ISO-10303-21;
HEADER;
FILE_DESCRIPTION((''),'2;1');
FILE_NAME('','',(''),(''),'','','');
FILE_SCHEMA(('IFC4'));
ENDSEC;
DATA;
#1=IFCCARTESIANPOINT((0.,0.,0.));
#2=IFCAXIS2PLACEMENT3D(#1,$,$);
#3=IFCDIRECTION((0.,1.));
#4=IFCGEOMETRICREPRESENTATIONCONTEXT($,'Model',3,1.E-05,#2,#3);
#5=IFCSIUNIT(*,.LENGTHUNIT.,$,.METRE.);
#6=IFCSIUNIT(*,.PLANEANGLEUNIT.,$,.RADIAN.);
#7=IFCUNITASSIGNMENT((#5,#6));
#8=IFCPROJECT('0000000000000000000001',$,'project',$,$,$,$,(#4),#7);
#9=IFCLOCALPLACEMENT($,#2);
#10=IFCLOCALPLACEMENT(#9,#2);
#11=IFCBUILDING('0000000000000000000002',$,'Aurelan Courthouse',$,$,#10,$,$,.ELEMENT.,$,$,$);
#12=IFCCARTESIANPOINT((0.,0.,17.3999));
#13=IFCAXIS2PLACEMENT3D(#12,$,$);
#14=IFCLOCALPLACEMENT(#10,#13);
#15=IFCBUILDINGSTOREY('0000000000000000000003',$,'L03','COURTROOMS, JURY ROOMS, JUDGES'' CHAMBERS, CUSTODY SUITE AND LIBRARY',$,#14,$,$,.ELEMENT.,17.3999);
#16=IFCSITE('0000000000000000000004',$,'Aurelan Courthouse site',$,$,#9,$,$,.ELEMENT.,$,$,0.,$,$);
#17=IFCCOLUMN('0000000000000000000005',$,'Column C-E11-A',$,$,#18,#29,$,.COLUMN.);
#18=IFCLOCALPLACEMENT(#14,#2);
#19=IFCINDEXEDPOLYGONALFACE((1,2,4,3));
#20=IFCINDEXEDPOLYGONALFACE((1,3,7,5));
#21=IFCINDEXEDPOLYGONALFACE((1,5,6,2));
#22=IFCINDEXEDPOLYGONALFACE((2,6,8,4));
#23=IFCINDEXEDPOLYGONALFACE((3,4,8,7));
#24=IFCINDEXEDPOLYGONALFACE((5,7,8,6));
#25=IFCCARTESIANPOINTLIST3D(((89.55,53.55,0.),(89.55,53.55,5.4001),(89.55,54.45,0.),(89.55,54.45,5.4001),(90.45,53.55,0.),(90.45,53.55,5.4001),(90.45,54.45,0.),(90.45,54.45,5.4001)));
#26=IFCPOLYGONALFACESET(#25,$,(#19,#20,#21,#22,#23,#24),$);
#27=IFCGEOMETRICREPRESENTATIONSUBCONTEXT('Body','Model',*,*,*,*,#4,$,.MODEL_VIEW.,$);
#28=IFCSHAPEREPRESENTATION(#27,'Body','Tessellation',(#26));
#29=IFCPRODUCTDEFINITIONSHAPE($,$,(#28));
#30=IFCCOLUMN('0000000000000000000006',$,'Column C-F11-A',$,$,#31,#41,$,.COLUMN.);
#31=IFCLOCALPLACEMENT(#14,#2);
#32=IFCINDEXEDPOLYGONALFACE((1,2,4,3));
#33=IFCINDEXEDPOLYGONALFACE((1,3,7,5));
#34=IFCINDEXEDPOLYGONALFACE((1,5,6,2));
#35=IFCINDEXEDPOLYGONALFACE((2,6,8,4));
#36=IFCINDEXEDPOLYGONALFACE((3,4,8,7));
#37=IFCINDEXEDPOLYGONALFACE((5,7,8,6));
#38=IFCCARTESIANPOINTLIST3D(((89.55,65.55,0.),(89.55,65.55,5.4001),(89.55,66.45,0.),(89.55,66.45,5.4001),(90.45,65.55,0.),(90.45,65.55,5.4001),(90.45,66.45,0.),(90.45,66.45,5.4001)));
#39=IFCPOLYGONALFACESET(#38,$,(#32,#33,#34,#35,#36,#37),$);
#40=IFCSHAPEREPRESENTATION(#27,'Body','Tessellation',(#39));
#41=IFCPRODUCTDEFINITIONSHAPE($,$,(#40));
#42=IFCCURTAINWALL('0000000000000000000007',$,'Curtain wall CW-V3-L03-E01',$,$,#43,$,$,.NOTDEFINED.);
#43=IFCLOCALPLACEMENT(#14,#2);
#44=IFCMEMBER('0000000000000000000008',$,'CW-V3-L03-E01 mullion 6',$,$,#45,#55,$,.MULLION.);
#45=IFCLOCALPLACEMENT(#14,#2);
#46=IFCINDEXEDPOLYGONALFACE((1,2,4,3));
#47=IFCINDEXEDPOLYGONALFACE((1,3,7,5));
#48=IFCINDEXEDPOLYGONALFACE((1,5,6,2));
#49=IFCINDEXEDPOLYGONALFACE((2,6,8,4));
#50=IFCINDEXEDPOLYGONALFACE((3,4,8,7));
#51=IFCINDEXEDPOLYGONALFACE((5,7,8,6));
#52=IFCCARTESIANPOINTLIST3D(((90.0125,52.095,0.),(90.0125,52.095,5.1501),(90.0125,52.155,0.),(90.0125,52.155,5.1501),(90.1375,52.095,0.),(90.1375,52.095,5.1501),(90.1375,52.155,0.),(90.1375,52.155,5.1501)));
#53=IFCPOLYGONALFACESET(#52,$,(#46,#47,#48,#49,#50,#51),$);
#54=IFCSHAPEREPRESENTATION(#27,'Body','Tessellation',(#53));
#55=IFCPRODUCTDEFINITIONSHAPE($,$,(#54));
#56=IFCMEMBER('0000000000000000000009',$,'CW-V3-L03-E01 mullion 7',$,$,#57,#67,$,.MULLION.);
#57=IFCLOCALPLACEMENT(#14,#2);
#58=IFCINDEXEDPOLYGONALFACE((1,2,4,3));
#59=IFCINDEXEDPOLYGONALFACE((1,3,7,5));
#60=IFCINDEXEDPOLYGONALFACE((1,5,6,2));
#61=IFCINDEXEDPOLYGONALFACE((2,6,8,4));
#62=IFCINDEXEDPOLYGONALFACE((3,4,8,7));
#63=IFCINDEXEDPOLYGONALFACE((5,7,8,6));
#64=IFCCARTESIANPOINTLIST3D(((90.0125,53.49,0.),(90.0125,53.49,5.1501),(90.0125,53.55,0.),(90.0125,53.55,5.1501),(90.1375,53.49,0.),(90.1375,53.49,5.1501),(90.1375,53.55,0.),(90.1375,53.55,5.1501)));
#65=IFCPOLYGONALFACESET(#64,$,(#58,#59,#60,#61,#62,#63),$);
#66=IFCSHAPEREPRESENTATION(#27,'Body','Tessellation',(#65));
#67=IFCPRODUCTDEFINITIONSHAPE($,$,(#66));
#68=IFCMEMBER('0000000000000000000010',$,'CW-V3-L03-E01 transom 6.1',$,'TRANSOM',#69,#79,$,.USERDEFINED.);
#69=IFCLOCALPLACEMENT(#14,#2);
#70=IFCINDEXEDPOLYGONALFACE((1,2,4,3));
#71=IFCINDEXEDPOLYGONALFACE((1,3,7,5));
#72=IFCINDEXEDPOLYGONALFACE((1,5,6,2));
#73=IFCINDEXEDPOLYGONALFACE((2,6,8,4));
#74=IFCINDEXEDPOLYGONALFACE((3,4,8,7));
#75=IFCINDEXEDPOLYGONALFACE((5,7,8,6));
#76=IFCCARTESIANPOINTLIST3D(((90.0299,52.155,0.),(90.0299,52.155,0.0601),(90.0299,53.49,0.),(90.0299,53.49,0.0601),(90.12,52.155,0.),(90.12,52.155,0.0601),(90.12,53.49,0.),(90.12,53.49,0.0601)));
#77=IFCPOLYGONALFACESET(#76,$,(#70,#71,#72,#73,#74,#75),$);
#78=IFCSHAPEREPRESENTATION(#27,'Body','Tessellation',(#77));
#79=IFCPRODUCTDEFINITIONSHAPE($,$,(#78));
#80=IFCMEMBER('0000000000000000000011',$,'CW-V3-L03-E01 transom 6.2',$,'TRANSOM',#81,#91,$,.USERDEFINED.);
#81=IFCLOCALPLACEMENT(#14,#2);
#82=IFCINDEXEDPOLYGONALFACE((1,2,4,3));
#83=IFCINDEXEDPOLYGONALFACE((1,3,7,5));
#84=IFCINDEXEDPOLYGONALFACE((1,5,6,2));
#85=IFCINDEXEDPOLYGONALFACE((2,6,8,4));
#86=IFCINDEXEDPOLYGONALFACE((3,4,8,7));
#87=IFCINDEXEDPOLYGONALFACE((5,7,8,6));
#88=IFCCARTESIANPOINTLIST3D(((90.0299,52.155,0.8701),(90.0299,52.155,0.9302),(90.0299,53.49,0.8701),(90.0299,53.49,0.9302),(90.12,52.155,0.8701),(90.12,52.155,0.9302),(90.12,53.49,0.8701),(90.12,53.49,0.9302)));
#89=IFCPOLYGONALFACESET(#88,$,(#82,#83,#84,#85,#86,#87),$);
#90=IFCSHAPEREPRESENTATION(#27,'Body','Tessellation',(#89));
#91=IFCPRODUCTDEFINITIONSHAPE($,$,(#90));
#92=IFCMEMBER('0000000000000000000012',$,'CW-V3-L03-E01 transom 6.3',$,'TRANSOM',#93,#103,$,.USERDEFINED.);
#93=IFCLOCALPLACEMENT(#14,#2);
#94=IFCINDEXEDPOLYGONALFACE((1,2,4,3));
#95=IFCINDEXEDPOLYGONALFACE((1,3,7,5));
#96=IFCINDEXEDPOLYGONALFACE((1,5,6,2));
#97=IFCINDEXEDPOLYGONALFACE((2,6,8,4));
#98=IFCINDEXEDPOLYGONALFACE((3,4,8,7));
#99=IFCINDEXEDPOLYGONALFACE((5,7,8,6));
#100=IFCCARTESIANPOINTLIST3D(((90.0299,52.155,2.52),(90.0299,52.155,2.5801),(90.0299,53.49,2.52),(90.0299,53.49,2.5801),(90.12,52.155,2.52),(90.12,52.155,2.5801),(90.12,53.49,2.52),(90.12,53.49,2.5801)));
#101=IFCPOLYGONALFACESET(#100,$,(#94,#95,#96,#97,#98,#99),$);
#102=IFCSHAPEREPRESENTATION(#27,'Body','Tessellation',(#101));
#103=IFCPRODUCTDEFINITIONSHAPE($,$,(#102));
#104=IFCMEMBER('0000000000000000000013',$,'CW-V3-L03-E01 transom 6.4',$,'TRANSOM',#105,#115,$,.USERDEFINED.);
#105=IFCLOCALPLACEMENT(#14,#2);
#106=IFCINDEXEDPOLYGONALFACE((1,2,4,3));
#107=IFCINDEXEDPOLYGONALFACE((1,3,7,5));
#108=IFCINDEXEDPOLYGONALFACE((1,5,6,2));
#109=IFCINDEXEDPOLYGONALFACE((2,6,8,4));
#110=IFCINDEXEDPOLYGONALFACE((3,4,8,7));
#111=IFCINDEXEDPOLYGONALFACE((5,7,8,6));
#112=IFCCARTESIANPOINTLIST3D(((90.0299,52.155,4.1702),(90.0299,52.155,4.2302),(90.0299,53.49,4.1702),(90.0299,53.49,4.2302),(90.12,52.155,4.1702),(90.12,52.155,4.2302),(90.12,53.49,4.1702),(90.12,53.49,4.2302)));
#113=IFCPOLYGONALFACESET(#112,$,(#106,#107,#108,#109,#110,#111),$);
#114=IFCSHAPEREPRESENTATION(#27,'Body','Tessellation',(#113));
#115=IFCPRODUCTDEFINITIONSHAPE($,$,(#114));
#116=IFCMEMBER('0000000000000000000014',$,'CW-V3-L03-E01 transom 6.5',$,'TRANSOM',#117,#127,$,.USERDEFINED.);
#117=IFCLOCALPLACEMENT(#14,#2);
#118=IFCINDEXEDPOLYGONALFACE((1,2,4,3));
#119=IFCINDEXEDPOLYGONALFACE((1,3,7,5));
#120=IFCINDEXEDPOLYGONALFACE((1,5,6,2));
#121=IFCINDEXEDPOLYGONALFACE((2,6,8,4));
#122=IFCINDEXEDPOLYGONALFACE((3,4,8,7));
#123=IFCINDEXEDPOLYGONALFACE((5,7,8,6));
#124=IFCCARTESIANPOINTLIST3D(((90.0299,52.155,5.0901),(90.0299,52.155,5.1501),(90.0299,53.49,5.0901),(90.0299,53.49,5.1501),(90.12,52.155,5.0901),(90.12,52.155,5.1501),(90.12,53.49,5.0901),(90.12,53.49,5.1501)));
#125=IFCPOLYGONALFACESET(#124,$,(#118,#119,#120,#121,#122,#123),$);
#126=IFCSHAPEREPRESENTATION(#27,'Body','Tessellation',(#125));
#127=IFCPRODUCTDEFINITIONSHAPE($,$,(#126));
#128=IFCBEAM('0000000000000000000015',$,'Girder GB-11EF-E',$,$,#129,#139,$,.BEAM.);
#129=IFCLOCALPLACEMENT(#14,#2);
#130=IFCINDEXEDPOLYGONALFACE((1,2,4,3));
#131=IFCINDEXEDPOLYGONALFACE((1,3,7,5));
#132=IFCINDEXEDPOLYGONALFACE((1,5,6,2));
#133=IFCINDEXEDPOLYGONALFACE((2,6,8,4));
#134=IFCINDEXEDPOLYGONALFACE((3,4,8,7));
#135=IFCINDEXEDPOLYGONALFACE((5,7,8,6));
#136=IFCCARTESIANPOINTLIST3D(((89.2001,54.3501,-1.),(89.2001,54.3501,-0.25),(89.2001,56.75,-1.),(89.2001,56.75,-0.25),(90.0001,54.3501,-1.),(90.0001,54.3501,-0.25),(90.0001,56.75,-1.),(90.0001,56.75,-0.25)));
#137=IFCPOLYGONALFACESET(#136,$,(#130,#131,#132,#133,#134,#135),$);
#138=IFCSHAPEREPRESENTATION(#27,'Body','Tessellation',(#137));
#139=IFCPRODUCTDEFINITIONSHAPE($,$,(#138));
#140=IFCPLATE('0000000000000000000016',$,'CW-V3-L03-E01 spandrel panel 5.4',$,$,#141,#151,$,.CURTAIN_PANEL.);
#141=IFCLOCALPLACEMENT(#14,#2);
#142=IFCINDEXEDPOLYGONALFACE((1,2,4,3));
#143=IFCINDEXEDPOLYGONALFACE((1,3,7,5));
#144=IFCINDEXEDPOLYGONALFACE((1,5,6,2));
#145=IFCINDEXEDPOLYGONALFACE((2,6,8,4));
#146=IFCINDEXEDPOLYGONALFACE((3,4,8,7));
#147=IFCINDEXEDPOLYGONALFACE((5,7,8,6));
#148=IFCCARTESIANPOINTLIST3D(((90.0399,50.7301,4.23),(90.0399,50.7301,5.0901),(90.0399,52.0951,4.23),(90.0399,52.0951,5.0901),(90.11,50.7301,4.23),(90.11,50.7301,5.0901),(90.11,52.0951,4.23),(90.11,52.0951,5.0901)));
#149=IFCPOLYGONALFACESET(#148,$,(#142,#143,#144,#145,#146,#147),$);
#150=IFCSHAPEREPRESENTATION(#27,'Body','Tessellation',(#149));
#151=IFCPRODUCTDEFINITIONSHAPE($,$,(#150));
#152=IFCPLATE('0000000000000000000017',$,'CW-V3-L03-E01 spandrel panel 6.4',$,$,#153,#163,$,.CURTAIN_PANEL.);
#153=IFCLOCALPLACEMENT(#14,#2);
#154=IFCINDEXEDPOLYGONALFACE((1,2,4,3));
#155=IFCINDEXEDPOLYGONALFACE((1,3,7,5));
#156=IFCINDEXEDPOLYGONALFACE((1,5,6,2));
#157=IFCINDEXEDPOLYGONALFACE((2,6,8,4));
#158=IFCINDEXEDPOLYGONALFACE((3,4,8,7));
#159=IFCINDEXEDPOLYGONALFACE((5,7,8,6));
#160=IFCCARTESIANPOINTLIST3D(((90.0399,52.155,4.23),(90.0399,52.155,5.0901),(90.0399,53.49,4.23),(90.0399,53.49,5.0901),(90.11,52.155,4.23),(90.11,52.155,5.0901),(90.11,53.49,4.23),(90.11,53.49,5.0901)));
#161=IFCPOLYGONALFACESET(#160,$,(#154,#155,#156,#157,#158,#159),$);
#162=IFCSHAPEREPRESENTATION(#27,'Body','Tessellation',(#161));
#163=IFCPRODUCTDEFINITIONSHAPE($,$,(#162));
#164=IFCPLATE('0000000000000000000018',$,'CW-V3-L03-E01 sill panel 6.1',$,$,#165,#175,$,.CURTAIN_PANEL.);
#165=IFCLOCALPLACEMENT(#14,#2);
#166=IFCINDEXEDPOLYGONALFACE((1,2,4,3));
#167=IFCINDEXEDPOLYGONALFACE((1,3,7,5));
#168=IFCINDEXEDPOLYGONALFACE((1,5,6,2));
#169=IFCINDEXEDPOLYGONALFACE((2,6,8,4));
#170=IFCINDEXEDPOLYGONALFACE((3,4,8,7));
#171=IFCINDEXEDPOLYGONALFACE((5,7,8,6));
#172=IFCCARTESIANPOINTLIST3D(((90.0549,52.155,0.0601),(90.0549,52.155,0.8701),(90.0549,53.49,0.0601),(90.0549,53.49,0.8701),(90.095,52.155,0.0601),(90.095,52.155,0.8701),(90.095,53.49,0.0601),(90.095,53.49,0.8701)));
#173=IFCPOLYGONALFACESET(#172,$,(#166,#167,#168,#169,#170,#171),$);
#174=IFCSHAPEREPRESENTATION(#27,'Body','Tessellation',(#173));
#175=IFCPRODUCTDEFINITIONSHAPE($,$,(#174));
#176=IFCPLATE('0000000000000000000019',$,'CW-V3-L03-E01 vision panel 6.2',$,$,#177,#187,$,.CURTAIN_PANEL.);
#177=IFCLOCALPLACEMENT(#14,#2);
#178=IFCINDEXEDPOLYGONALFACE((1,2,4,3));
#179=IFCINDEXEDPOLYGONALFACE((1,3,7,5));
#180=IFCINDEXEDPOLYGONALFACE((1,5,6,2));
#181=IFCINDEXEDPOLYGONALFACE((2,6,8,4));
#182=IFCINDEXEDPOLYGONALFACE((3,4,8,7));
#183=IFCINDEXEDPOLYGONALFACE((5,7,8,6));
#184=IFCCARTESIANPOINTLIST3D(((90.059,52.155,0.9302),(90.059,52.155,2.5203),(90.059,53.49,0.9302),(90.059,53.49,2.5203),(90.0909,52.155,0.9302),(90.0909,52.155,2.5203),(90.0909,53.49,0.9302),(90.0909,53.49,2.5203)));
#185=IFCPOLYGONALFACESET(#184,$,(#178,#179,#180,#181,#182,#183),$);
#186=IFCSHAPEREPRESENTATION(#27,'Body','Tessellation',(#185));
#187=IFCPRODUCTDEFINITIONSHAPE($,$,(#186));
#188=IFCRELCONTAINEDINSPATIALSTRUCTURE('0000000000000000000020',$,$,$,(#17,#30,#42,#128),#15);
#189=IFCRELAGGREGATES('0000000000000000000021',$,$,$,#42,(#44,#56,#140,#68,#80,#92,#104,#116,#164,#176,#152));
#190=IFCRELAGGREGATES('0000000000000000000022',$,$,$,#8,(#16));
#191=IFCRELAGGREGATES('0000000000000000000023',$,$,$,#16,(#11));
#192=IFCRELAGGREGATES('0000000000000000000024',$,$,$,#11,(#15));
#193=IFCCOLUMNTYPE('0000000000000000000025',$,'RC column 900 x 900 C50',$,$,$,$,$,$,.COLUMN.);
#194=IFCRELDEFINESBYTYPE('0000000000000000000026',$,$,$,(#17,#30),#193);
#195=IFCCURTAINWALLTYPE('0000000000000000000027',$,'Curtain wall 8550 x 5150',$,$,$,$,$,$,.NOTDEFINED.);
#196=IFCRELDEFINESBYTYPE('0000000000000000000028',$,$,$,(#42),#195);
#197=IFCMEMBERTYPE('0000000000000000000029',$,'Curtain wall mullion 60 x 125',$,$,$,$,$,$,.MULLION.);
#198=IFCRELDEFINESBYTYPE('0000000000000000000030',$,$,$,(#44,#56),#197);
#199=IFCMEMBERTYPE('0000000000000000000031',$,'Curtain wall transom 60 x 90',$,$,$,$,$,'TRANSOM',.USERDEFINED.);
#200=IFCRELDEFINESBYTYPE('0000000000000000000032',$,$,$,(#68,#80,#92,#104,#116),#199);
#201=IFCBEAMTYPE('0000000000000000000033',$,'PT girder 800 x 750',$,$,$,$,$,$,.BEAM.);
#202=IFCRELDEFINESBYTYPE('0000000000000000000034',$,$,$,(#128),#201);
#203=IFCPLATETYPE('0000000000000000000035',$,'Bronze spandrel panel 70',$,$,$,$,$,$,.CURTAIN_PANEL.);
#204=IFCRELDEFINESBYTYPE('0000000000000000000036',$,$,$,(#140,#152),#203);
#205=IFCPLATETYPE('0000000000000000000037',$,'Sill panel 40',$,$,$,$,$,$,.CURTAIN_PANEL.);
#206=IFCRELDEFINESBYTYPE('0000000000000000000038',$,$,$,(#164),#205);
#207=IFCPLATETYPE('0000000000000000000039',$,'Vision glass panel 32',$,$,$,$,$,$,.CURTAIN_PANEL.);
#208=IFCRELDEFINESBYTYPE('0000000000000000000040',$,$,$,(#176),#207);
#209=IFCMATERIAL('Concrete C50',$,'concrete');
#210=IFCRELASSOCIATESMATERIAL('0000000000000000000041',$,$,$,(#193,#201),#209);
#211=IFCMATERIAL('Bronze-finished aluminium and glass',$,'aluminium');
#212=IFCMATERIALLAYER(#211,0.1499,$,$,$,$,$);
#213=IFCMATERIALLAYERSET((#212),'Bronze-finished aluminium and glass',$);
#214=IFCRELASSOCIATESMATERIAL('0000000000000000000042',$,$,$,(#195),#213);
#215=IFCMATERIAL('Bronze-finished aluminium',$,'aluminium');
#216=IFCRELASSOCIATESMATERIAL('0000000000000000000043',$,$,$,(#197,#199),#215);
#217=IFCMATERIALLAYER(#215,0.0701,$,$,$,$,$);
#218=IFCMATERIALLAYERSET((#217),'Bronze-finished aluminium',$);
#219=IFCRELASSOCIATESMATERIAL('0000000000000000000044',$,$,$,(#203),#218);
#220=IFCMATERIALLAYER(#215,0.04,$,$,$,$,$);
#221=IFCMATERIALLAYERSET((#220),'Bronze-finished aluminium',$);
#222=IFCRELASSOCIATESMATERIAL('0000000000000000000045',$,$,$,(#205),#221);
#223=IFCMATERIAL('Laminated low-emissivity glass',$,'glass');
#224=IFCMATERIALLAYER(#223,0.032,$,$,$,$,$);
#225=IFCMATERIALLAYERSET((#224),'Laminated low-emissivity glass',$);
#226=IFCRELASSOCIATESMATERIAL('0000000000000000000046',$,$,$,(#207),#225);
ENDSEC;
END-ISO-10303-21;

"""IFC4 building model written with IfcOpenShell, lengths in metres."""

from ifc_helpers import new_model, si_unit, direction, frame, origin, origin_2d, place, context, subcontext, project, spatial, rectangle, extrude, material, layer, layer_set, material_profile, profile_set, type_object, element, aggregate, save


model = new_model("IFC4")

# Units and contexts
model_context = context("Model", 3, precision=1e-05, world=origin(), true_north=direction((0.0, 1.0)))
body_context = subcontext(model_context, "Body", "Model", "MODEL_VIEW")
ifc_project = project(units=[si_unit("LENGTHUNIT", "METRE"), si_unit("PLANEANGLEUNIT", "RADIAN")], contexts=[model_context])

# Site, building, storey
site_placement = place(None, origin())
site = spatial("IfcSite", under=ifc_project, at=site_placement, Name="Aurelan Courthouse site", CompositionType="ELEMENT", RefElevation=0.0)
building_placement = place(site_placement, origin())
building = spatial("IfcBuilding", under=site, at=building_placement, Name="Aurelan Courthouse", CompositionType="ELEMENT")
storey_placement = place(building_placement, frame((0.0, 0.0, 17.3999)))
storey = spatial("IfcBuildingStorey", under=building, at=storey_placement, Name="L03", Description="COURTROOMS, JURY ROOMS, JUDGES' CHAMBERS, CUSTODY SUITE AND LIBRARY", CompositionType="ELEMENT", Elevation=17.3999)

# Columns
ifc_material_1 = material(Name="Concrete C50", Category="concrete")
ifc_material_profile_1 = material_profile(ifc_material_1, rectangle(XDim=0.8999, YDim=0.8999, at=origin_2d()), Name="RC 900 x 900")
ifc_profile_set_1 = profile_set([ifc_material_profile_1], Name="Concrete C50")
column_type = type_object("IfcColumnType", Name="RC column 900 x 900 C50", PredefinedType="COLUMN", material=ifc_profile_set_1)
for number, where, z_axis, x_axis, name in (
    (1, (90.0, 54.0, 0.0), (0.0, 0.0, 1.0), (1.0, 0.0, 0.0), "Column C-E11-A"),
    (2, (90.0, 66.0, 0.0), (0.0, 0.0, 1.0), (1.0, 0.0, 0.0), "Column C-F11-A"),
):
    element("IfcColumn", number, at=place(storey_placement, frame(where, z_axis=z_axis, x_axis=x_axis)), inside=storey, type_object=column_type, Name=name, PredefinedType="COLUMN", context=body_context, shape_type="SweptSolid", body=[
        extrude(rectangle(XDim=0.8999, YDim=0.8999, at=origin_2d()), origin(), (0.0, 0.0, 1.0), 5.4001),
    ])

# Curtain wall, members
ifc_material_2 = material(Name="Bronze-finished aluminium and glass", Category="aluminium")
ifc_layer_1 = layer(ifc_material_2, 0.1499)
ifc_layer_set_1 = layer_set([ifc_layer_1], Name="Bronze-finished aluminium and glass")
curtain_wall_type = type_object("IfcCurtainWallType", Name="Curtain wall 8550 x 5150", PredefinedType="NOTDEFINED", material=ifc_layer_set_1)
curtain_wall_placement = place(storey_placement, origin())
curtain_wall = element("IfcCurtainWall", 3, at=curtain_wall_placement, inside=storey, type_object=curtain_wall_type, Name="Curtain wall CW-V3-L03-E01", PredefinedType="NOTDEFINED")
ifc_material_3 = material(Name="Bronze-finished aluminium", Category="aluminium")
ifc_material_profile_2 = material_profile(ifc_material_3, rectangle(XDim=0.125, YDim=0.0601, at=origin_2d()), Name="Bronze mullion 60 x 125")
ifc_profile_set_2 = profile_set([ifc_material_profile_2], Name="Bronze-finished aluminium")
member_type_1 = type_object("IfcMemberType", Name="Curtain wall mullion 60 x 125", PredefinedType="MULLION", material=ifc_profile_set_2)
member_1_placement = place(storey_placement, frame((90.075, 52.125, 0.0), z_axis=(0.0, 0.0, 1.0), x_axis=(-1.0, 0.0, 0.0)))
member_1 = element("IfcMember", 4, at=member_1_placement, type_object=member_type_1, Name="CW-V3-L03-E01 mullion 6", PredefinedType="MULLION", context=body_context, shape_type="SweptSolid", body=[
    extrude(rectangle(XDim=0.125, YDim=0.0601, at=origin_2d()), origin(), (0.0, 0.0, 1.0), 5.1501),
])
member_2_placement = place(storey_placement, frame((90.075, 53.52, 0.0), z_axis=(0.0, 0.0, 1.0), x_axis=(-1.0, 0.0, 0.0)))
member_2 = element("IfcMember", 5, at=member_2_placement, type_object=member_type_1, Name="CW-V3-L03-E01 mullion 7", PredefinedType="MULLION", context=body_context, shape_type="SweptSolid", body=[
    extrude(rectangle(XDim=0.125, YDim=0.0601, at=origin_2d()), origin(), (0.0, 0.0, 1.0), 5.1501),
])
ifc_material_profile_3 = material_profile(ifc_material_3, rectangle(XDim=0.0901, YDim=0.0601, at=origin_2d()), Name="Bronze transom 60 x 90")
ifc_profile_set_3 = profile_set([ifc_material_profile_3], Name="Bronze-finished aluminium")
member_type_2 = type_object("IfcMemberType", Name="Curtain wall transom 60 x 90", ElementType="TRANSOM", PredefinedType="USERDEFINED", material=ifc_profile_set_3)
member_3_placement = place(storey_placement, frame((90.075, 52.155, 0.03), z_axis=(0.0, 1.0, 0.0), x_axis=(-1.0, 0.0, 0.0)))
member_3 = element("IfcMember", 6, at=member_3_placement, type_object=member_type_2, Name="CW-V3-L03-E01 transom 6.1", ObjectType="TRANSOM", PredefinedType="USERDEFINED", context=body_context, shape_type="SweptSolid", body=[
    extrude(rectangle(XDim=0.0901, YDim=0.0601, at=origin_2d()), origin(), (0.0, 0.0, 1.0), 1.335),
])
member_4_placement = place(storey_placement, frame((90.075, 52.155, 0.9001), z_axis=(0.0, 1.0, 0.0), x_axis=(-1.0, 0.0, 0.0)))
member_4 = element("IfcMember", 7, at=member_4_placement, type_object=member_type_2, Name="CW-V3-L03-E01 transom 6.2", ObjectType="TRANSOM", PredefinedType="USERDEFINED", context=body_context, shape_type="SweptSolid", body=[
    extrude(rectangle(XDim=0.0901, YDim=0.0601, at=origin_2d()), origin(), (0.0, 0.0, 1.0), 1.335),
])
member_5_placement = place(storey_placement, frame((90.075, 52.155, 2.55), z_axis=(0.0, 1.0, 0.0), x_axis=(-1.0, 0.0, 0.0)))
member_5 = element("IfcMember", 8, at=member_5_placement, type_object=member_type_2, Name="CW-V3-L03-E01 transom 6.3", ObjectType="TRANSOM", PredefinedType="USERDEFINED", context=body_context, shape_type="SweptSolid", body=[
    extrude(rectangle(XDim=0.0901, YDim=0.0601, at=origin_2d()), origin(), (0.0, 0.0, 1.0), 1.335),
])
member_6_placement = place(storey_placement, frame((90.075, 52.155, 4.2002), z_axis=(0.0, 1.0, 0.0), x_axis=(-1.0, 0.0, 0.0)))
member_6 = element("IfcMember", 9, at=member_6_placement, type_object=member_type_2, Name="CW-V3-L03-E01 transom 6.4", ObjectType="TRANSOM", PredefinedType="USERDEFINED", context=body_context, shape_type="SweptSolid", body=[
    extrude(rectangle(XDim=0.0901, YDim=0.0601, at=origin_2d()), origin(), (0.0, 0.0, 1.0), 1.335),
])
member_7_placement = place(storey_placement, frame((90.075, 52.155, 5.1201), z_axis=(0.0, 1.0, 0.0), x_axis=(-1.0, 0.0, 0.0)))
member_7 = element("IfcMember", 10, at=member_7_placement, type_object=member_type_2, Name="CW-V3-L03-E01 transom 6.5", ObjectType="TRANSOM", PredefinedType="USERDEFINED", context=body_context, shape_type="SweptSolid", body=[
    extrude(rectangle(XDim=0.0901, YDim=0.0601, at=origin_2d()), origin(), (0.0, 0.0, 1.0), 1.335),
])

# Beam
ifc_material_profile_4 = material_profile(ifc_material_1, rectangle(XDim=0.8, YDim=0.75, at=origin_2d()), Name="RC 800 x 750")
ifc_profile_set_4 = profile_set([ifc_material_profile_4], Name="Concrete C50")
beam_type = type_object("IfcBeamType", Name="PT girder 800 x 750", PredefinedType="BEAM", material=ifc_profile_set_4)
beam_placement = place(storey_placement, frame((89.6001, 54.3501, -0.625), z_axis=(0.0, 1.0, 0.0), x_axis=(-1.0, 0.0, 0.0)))
element("IfcBeam", 11, at=beam_placement, inside=storey, type_object=beam_type, Name="Girder GB-11EF-E", PredefinedType="BEAM", context=body_context, shape_type="SweptSolid", body=[
    extrude(rectangle(XDim=0.8, YDim=0.75, at=origin_2d()), origin(), (0.0, 0.0, 1.0), 2.3999),
])

# Plates
ifc_layer_2 = layer(ifc_material_3, 0.0701)
ifc_layer_set_2 = layer_set([ifc_layer_2], Name="Bronze-finished aluminium")
plate_type_1 = type_object("IfcPlateType", Name="Bronze spandrel panel 70", PredefinedType="CURTAIN_PANEL", material=ifc_layer_set_2)
plate_1_placement = place(storey_placement, frame((90.075, 51.4126, 4.23), z_axis=(0.0, 0.0, 1.0), x_axis=(0.0, 1.0, 0.0)))
plate_1 = element("IfcPlate", 12, at=plate_1_placement, type_object=plate_type_1, Name="CW-V3-L03-E01 spandrel panel 5.4", PredefinedType="CURTAIN_PANEL", context=body_context, shape_type="SweptSolid", body=[
    extrude(rectangle(XDim=1.365, YDim=0.0701, at=origin_2d()), origin(), (0.0, 0.0, 1.0), 0.8601),
])
plate_2_placement = place(storey_placement, frame((90.075, 52.8225, 4.23), z_axis=(0.0, 0.0, 1.0), x_axis=(0.0, 1.0, 0.0)))
plate_2 = element("IfcPlate", 13, at=plate_2_placement, type_object=plate_type_1, Name="CW-V3-L03-E01 spandrel panel 6.4", PredefinedType="CURTAIN_PANEL", context=body_context, shape_type="SweptSolid", body=[
    extrude(rectangle(XDim=1.335, YDim=0.0701, at=origin_2d()), origin(), (0.0, 0.0, 1.0), 0.8601),
])
ifc_layer_3 = layer(ifc_material_3, 0.04)
ifc_layer_set_3 = layer_set([ifc_layer_3], Name="Bronze-finished aluminium")
plate_type_2 = type_object("IfcPlateType", Name="Sill panel 40", PredefinedType="CURTAIN_PANEL", material=ifc_layer_set_3)
plate_3_placement = place(storey_placement, frame((90.075, 52.8225, 0.0601), z_axis=(0.0, 0.0, 1.0), x_axis=(0.0, 1.0, 0.0)))
plate_3 = element("IfcPlate", 14, at=plate_3_placement, type_object=plate_type_2, Name="CW-V3-L03-E01 sill panel 6.1", PredefinedType="CURTAIN_PANEL", context=body_context, shape_type="SweptSolid", body=[
    extrude(rectangle(XDim=1.335, YDim=0.04, at=origin_2d()), origin(), (0.0, 0.0, 1.0), 0.8101),
])
ifc_material_4 = material(Name="Laminated low-emissivity glass", Category="glass")
ifc_layer_4 = layer(ifc_material_4, 0.032)
ifc_layer_set_4 = layer_set([ifc_layer_4], Name="Laminated low-emissivity glass")
plate_type_3 = type_object("IfcPlateType", Name="Vision glass panel 32", PredefinedType="CURTAIN_PANEL", material=ifc_layer_set_4)
plate_4_placement = place(storey_placement, frame((90.075, 52.8225, 0.9302), z_axis=(0.0, 0.0, 1.0), x_axis=(0.0, 1.0, 0.0)))
plate_4 = element("IfcPlate", 15, at=plate_4_placement, type_object=plate_type_3, Name="CW-V3-L03-E01 vision panel 6.2", PredefinedType="CURTAIN_PANEL", context=body_context, shape_type="SweptSolid", body=[
    extrude(rectangle(XDim=1.335, YDim=0.032, at=origin_2d()), origin(), (0.0, 0.0, 1.0), 1.5901),
])
aggregate(curtain_wall, [member_1, member_2, plate_1, member_3, member_4, member_5, member_6, member_7, plate_3, plate_4, plate_2])

save(model, "model.ifc")
